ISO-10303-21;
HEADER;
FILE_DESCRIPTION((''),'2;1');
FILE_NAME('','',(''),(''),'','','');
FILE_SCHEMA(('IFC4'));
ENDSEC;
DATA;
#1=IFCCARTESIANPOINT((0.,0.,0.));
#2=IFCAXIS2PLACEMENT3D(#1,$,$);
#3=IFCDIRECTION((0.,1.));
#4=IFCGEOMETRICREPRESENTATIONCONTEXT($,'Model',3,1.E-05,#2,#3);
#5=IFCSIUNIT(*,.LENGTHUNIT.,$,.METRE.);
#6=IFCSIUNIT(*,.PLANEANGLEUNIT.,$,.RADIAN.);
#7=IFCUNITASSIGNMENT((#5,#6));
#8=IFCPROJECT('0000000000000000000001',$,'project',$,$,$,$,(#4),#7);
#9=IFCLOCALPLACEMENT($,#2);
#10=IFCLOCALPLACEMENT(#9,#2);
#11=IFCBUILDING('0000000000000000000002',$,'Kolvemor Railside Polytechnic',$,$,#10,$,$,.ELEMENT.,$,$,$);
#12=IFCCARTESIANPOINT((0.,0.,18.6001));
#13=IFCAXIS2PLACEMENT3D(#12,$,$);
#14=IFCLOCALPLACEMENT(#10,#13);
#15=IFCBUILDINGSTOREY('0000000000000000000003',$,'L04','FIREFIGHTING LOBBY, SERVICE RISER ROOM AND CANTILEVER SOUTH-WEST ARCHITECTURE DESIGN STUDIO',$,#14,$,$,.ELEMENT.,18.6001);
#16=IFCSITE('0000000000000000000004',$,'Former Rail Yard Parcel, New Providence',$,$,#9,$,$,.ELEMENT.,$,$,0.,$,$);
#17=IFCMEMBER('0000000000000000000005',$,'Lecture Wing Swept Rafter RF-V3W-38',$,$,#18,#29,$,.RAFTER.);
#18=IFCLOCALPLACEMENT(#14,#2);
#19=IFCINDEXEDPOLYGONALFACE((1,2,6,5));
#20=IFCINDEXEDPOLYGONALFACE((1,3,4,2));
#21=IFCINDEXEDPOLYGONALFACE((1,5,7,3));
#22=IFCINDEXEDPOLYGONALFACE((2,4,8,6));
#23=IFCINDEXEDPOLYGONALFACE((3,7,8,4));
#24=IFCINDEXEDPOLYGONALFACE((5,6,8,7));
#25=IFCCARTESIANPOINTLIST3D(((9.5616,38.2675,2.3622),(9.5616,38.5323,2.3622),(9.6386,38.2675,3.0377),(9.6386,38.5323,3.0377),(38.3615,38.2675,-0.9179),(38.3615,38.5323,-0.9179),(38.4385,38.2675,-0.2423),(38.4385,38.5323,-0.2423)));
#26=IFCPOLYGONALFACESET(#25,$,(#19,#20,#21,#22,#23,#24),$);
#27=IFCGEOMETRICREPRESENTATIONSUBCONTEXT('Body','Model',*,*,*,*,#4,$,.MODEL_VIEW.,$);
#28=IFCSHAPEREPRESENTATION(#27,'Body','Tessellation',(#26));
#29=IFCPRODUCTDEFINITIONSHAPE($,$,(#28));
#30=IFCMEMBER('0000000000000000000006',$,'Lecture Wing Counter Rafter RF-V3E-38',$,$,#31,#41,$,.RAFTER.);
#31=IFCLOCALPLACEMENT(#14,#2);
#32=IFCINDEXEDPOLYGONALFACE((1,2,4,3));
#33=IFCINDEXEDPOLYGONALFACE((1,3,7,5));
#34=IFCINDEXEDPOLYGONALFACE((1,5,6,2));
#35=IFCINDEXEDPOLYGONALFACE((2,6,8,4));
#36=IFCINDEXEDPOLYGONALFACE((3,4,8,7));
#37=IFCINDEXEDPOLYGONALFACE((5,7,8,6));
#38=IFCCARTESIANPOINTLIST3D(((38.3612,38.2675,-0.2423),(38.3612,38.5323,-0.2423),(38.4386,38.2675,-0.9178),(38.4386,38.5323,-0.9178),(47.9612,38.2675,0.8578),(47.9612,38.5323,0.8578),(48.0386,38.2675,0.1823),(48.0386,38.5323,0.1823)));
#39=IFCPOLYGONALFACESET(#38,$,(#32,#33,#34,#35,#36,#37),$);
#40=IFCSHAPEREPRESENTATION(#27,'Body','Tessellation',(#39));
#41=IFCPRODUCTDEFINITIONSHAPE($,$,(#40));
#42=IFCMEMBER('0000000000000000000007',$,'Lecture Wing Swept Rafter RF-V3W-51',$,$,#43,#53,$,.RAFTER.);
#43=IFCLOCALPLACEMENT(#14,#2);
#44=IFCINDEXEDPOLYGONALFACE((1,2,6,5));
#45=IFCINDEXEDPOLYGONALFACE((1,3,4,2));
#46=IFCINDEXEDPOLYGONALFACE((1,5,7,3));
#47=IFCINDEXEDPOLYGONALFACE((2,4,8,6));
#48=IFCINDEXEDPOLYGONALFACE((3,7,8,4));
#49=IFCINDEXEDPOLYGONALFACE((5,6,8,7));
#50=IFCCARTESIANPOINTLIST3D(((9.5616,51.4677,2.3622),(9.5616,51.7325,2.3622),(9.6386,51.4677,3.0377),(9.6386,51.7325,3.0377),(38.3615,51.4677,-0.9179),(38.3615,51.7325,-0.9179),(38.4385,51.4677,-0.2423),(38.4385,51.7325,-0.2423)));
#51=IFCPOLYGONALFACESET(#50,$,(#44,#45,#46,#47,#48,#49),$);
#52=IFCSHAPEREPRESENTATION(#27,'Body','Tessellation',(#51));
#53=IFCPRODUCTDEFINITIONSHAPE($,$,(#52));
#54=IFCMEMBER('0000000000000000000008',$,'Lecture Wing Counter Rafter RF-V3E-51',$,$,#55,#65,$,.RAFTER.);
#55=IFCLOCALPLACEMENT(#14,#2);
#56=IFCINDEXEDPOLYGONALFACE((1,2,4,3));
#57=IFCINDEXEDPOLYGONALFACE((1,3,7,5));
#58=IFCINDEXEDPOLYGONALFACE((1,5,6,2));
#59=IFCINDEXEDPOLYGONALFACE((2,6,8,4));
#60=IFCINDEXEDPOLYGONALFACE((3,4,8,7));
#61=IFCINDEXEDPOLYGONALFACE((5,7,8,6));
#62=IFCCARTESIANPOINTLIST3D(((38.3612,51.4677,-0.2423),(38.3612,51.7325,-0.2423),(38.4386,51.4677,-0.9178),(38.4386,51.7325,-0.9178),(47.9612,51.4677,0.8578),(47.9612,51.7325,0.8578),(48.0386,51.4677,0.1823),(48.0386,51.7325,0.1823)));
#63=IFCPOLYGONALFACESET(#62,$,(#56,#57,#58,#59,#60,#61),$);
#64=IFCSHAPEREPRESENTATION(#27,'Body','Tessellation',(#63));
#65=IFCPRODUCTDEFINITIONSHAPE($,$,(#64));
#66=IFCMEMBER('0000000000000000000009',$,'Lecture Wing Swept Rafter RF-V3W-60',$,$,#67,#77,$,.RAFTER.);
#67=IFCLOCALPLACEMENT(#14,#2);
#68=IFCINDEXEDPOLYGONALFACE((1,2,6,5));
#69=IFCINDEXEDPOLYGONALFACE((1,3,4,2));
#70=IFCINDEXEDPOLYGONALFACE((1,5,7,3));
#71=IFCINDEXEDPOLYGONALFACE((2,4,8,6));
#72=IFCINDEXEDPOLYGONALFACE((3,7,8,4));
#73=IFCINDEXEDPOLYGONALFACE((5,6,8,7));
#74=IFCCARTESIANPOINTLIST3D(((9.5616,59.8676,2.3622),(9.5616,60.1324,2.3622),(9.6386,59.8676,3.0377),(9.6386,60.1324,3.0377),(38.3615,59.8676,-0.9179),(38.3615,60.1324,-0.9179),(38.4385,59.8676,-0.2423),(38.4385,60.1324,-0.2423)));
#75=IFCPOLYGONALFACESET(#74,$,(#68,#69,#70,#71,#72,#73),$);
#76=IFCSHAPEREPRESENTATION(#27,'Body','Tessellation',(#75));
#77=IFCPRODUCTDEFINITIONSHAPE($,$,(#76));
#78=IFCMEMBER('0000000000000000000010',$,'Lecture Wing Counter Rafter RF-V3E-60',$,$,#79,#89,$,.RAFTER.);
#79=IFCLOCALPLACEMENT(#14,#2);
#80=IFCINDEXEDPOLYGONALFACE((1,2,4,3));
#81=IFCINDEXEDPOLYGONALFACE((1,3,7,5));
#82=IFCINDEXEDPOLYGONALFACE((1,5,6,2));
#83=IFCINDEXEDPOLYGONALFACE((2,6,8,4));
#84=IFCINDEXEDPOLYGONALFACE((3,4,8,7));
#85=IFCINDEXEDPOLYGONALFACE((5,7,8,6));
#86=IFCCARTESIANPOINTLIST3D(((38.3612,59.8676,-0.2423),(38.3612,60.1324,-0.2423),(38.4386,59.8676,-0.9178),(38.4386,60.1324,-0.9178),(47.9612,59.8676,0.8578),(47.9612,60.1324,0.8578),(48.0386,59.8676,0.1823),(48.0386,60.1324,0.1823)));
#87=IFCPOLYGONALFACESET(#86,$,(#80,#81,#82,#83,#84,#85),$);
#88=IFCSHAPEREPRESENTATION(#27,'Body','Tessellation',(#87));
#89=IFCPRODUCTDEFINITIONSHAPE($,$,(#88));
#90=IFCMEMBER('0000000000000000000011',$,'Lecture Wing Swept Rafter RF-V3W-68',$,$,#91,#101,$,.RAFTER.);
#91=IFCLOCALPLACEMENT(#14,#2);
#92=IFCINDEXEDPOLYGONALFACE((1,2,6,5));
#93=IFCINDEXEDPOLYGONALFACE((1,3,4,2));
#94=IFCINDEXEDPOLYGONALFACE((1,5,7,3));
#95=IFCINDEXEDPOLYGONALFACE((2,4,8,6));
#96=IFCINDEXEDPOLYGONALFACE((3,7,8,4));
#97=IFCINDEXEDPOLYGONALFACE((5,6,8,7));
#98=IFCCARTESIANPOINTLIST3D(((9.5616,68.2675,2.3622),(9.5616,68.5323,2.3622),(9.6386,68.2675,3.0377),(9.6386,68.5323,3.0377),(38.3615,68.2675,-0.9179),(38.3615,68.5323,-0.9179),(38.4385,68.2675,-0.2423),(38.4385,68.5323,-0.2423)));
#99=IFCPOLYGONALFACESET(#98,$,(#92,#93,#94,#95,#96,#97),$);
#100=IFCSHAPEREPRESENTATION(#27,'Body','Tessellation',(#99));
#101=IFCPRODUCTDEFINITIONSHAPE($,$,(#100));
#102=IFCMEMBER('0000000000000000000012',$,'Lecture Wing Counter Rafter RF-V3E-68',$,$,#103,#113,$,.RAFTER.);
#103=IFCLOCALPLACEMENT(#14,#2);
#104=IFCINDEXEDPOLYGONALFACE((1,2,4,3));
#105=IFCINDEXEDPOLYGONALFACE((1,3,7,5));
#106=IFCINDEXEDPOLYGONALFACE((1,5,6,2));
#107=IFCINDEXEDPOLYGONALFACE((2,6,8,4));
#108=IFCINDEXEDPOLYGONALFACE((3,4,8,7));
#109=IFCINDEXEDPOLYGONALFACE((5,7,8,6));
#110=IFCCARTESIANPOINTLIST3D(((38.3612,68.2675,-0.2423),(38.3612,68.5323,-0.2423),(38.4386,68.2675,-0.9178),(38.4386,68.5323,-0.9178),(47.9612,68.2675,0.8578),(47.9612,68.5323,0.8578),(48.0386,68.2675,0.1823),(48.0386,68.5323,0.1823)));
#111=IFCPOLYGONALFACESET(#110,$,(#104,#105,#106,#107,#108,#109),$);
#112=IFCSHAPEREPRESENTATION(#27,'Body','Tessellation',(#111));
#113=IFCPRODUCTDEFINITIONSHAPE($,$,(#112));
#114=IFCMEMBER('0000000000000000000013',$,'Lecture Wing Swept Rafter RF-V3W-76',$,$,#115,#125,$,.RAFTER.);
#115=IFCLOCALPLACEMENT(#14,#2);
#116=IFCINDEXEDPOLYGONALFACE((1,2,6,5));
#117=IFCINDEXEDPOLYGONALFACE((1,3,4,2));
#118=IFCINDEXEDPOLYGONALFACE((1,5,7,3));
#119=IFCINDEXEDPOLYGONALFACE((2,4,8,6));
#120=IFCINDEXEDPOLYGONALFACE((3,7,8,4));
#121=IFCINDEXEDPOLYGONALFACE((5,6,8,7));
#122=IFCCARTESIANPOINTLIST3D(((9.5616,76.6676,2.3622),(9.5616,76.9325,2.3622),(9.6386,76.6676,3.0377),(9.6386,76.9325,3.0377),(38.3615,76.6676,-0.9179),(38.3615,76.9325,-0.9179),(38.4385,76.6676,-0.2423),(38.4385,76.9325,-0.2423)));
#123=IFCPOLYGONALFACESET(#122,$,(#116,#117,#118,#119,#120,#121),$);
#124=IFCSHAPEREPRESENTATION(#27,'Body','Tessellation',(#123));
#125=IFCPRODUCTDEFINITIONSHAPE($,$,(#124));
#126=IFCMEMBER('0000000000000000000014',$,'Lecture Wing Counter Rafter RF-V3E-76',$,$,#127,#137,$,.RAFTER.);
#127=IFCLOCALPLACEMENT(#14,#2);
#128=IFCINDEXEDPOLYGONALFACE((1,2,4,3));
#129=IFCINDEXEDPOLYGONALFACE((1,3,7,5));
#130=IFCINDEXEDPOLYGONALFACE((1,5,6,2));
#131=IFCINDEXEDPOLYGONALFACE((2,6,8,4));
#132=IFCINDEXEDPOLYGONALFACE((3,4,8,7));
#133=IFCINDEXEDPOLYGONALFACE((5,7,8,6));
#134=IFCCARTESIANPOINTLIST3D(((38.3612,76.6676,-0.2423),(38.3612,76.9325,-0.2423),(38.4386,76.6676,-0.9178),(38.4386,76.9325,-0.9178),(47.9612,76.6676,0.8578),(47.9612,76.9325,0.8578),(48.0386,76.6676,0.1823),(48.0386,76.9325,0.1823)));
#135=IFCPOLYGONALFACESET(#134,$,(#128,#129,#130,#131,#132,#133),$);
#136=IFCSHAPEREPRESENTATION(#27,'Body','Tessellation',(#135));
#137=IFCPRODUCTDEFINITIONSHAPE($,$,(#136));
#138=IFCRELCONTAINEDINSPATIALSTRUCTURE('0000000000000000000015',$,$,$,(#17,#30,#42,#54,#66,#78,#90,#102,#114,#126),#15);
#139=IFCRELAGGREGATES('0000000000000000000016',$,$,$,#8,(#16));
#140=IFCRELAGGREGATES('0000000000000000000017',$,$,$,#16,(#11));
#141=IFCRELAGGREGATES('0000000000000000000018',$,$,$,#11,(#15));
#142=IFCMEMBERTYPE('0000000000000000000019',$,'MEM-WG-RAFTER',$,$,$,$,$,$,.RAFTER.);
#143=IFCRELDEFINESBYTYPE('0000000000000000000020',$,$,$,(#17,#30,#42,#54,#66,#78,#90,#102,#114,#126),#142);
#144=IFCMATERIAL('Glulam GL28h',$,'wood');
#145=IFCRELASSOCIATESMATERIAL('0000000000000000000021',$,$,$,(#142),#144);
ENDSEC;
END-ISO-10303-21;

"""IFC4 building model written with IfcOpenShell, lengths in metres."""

from ifc_helpers import new_model, si_unit, direction, frame, origin, origin_2d, place, context, subcontext, project, spatial, rectangle, extrude, material, material_profile, profile_set, type_object, element, save


model = new_model("IFC4")

# Units and contexts
model_context = context("Model", 3, precision=1e-05, world=origin(), true_north=direction((0.0, 1.0)))
body_context = subcontext(model_context, "Body", "Model", "MODEL_VIEW")
ifc_project = project(units=[si_unit("LENGTHUNIT", "METRE"), si_unit("PLANEANGLEUNIT", "RADIAN")], contexts=[model_context])

# Site, building, storey
site_placement = place(None, origin())
site = spatial("IfcSite", under=ifc_project, at=site_placement, Name="Former Rail Yard Parcel, New Providence", CompositionType="ELEMENT", RefElevation=0.0)
building_placement = place(site_placement, origin())
building = spatial("IfcBuilding", under=site, at=building_placement, Name="Kolvemor Railside Polytechnic", CompositionType="ELEMENT")
storey_placement = place(building_placement, frame((0.0, 0.0, 18.6001)))
storey = spatial("IfcBuildingStorey", under=building, at=storey_placement, Name="L04", Description="FIREFIGHTING LOBBY, SERVICE RISER ROOM AND CANTILEVER SOUTH-WEST ARCHITECTURE DESIGN STUDIO", CompositionType="ELEMENT", Elevation=18.6001)

# Members
ifc_material_1 = material(Name="Glulam GL28h", Category="wood")
ifc_material_profile_1 = material_profile(ifc_material_1, rectangle(XDim=0.2649, YDim=0.6799, at=origin_2d()), Name="GL265x680")
ifc_profile_set_1 = profile_set([ifc_material_profile_1], Name="Glulam GL28h")
member_type = type_object("IfcMemberType", Name="MEM-WG-RAFTER", PredefinedType="RAFTER", material=ifc_profile_set_1)
member_1_placement = place(storey_placement, frame((9.6001, 38.3999, 2.7), z_axis=(0.993577, 0.0, -0.113159), x_axis=(0.0, 1.0, 0.0)))
element("IfcMember", 1, at=member_1_placement, inside=storey, type_object=member_type, Name="Lecture Wing Swept Rafter RF-V3W-38", PredefinedType="RAFTER", context=body_context, shape_type="SweptSolid", body=[
    extrude(rectangle(XDim=0.2649, YDim=0.6799, at=origin_2d()), origin(), (0.0, 0.0, 1.0), 28.9861),
])
member_2_placement = place(storey_placement, frame((38.3999, 38.3999, -0.5801), z_axis=(0.993498, 0.0, 0.113847), x_axis=(0.0, 1.0, 0.0)))
element("IfcMember", 2, at=member_2_placement, inside=storey, type_object=member_type, Name="Lecture Wing Counter Rafter RF-V3E-38", PredefinedType="RAFTER", context=body_context, shape_type="SweptSolid", body=[
    extrude(rectangle(XDim=0.2649, YDim=0.6799, at=origin_2d()), origin(), (0.0, 0.0, 1.0), 9.6628),
])
member_3_placement = place(storey_placement, frame((9.6001, 51.6001, 2.7), z_axis=(0.993577, 0.0, -0.113159), x_axis=(0.0, 1.0, 0.0)))
element("IfcMember", 3, at=member_3_placement, inside=storey, type_object=member_type, Name="Lecture Wing Swept Rafter RF-V3W-51", PredefinedType="RAFTER", context=body_context, shape_type="SweptSolid", body=[
    extrude(rectangle(XDim=0.2649, YDim=0.6799, at=origin_2d()), origin(), (0.0, 0.0, 1.0), 28.9861),
])
member_4_placement = place(storey_placement, frame((38.3999, 51.6001, -0.5801), z_axis=(0.993498, 0.0, 0.113847), x_axis=(0.0, 1.0, 0.0)))
element("IfcMember", 4, at=member_4_placement, inside=storey, type_object=member_type, Name="Lecture Wing Counter Rafter RF-V3E-51", PredefinedType="RAFTER", context=body_context, shape_type="SweptSolid", body=[
    extrude(rectangle(XDim=0.2649, YDim=0.6799, at=origin_2d()), origin(), (0.0, 0.0, 1.0), 9.6628),
])
member_5_placement = place(storey_placement, frame((9.6001, 60.0, 2.7), z_axis=(0.993577, 0.0, -0.113159), x_axis=(0.0, 1.0, 0.0)))
element("IfcMember", 5, at=member_5_placement, inside=storey, type_object=member_type, Name="Lecture Wing Swept Rafter RF-V3W-60", PredefinedType="RAFTER", context=body_context, shape_type="SweptSolid", body=[
    extrude(rectangle(XDim=0.2649, YDim=0.6799, at=origin_2d()), origin(), (0.0, 0.0, 1.0), 28.9861),
])
member_6_placement = place(storey_placement, frame((38.3999, 60.0, -0.5801), z_axis=(0.993498, 0.0, 0.113847), x_axis=(0.0, 1.0, 0.0)))
element("IfcMember", 6, at=member_6_placement, inside=storey, type_object=member_type, Name="Lecture Wing Counter Rafter RF-V3E-60", PredefinedType="RAFTER", context=body_context, shape_type="SweptSolid", body=[
    extrude(rectangle(XDim=0.2649, YDim=0.6799, at=origin_2d()), origin(), (0.0, 0.0, 1.0), 9.6628),
])
member_7_placement = place(storey_placement, frame((9.6001, 68.3999, 2.7), z_axis=(0.993577, 0.0, -0.113159), x_axis=(0.0, 1.0, 0.0)))
element("IfcMember", 7, at=member_7_placement, inside=storey, type_object=member_type, Name="Lecture Wing Swept Rafter RF-V3W-68", PredefinedType="RAFTER", context=body_context, shape_type="SweptSolid", body=[
    extrude(rectangle(XDim=0.2649, YDim=0.6799, at=origin_2d()), origin(), (0.0, 0.0, 1.0), 28.9861),
])
member_8_placement = place(storey_placement, frame((38.3999, 68.3999, -0.5801), z_axis=(0.993498, 0.0, 0.113847), x_axis=(0.0, 1.0, 0.0)))
element("IfcMember", 8, at=member_8_placement, inside=storey, type_object=member_type, Name="Lecture Wing Counter Rafter RF-V3E-68", PredefinedType="RAFTER", context=body_context, shape_type="SweptSolid", body=[
    extrude(rectangle(XDim=0.2649, YDim=0.6799, at=origin_2d()), origin(), (0.0, 0.0, 1.0), 9.6628),
])
member_9_placement = place(storey_placement, frame((9.6001, 76.8, 2.7), z_axis=(0.993577, 0.0, -0.113159), x_axis=(0.0, 1.0, 0.0)))
element("IfcMember", 9, at=member_9_placement, inside=storey, type_object=member_type, Name="Lecture Wing Swept Rafter RF-V3W-76", PredefinedType="RAFTER", context=body_context, shape_type="SweptSolid", body=[
    extrude(rectangle(XDim=0.2649, YDim=0.6799, at=origin_2d()), origin(), (0.0, 0.0, 1.0), 28.9861),
])
member_10_placement = place(storey_placement, frame((38.3999, 76.8, -0.5801), z_axis=(0.993498, 0.0, 0.113847), x_axis=(0.0, 1.0, 0.0)))
element("IfcMember", 10, at=member_10_placement, inside=storey, type_object=member_type, Name="Lecture Wing Counter Rafter RF-V3E-76", PredefinedType="RAFTER", context=body_context, shape_type="SweptSolid", body=[
    extrude(rectangle(XDim=0.2649, YDim=0.6799, at=origin_2d()), origin(), (0.0, 0.0, 1.0), 9.6628),
])

save(model, "model.ifc")
